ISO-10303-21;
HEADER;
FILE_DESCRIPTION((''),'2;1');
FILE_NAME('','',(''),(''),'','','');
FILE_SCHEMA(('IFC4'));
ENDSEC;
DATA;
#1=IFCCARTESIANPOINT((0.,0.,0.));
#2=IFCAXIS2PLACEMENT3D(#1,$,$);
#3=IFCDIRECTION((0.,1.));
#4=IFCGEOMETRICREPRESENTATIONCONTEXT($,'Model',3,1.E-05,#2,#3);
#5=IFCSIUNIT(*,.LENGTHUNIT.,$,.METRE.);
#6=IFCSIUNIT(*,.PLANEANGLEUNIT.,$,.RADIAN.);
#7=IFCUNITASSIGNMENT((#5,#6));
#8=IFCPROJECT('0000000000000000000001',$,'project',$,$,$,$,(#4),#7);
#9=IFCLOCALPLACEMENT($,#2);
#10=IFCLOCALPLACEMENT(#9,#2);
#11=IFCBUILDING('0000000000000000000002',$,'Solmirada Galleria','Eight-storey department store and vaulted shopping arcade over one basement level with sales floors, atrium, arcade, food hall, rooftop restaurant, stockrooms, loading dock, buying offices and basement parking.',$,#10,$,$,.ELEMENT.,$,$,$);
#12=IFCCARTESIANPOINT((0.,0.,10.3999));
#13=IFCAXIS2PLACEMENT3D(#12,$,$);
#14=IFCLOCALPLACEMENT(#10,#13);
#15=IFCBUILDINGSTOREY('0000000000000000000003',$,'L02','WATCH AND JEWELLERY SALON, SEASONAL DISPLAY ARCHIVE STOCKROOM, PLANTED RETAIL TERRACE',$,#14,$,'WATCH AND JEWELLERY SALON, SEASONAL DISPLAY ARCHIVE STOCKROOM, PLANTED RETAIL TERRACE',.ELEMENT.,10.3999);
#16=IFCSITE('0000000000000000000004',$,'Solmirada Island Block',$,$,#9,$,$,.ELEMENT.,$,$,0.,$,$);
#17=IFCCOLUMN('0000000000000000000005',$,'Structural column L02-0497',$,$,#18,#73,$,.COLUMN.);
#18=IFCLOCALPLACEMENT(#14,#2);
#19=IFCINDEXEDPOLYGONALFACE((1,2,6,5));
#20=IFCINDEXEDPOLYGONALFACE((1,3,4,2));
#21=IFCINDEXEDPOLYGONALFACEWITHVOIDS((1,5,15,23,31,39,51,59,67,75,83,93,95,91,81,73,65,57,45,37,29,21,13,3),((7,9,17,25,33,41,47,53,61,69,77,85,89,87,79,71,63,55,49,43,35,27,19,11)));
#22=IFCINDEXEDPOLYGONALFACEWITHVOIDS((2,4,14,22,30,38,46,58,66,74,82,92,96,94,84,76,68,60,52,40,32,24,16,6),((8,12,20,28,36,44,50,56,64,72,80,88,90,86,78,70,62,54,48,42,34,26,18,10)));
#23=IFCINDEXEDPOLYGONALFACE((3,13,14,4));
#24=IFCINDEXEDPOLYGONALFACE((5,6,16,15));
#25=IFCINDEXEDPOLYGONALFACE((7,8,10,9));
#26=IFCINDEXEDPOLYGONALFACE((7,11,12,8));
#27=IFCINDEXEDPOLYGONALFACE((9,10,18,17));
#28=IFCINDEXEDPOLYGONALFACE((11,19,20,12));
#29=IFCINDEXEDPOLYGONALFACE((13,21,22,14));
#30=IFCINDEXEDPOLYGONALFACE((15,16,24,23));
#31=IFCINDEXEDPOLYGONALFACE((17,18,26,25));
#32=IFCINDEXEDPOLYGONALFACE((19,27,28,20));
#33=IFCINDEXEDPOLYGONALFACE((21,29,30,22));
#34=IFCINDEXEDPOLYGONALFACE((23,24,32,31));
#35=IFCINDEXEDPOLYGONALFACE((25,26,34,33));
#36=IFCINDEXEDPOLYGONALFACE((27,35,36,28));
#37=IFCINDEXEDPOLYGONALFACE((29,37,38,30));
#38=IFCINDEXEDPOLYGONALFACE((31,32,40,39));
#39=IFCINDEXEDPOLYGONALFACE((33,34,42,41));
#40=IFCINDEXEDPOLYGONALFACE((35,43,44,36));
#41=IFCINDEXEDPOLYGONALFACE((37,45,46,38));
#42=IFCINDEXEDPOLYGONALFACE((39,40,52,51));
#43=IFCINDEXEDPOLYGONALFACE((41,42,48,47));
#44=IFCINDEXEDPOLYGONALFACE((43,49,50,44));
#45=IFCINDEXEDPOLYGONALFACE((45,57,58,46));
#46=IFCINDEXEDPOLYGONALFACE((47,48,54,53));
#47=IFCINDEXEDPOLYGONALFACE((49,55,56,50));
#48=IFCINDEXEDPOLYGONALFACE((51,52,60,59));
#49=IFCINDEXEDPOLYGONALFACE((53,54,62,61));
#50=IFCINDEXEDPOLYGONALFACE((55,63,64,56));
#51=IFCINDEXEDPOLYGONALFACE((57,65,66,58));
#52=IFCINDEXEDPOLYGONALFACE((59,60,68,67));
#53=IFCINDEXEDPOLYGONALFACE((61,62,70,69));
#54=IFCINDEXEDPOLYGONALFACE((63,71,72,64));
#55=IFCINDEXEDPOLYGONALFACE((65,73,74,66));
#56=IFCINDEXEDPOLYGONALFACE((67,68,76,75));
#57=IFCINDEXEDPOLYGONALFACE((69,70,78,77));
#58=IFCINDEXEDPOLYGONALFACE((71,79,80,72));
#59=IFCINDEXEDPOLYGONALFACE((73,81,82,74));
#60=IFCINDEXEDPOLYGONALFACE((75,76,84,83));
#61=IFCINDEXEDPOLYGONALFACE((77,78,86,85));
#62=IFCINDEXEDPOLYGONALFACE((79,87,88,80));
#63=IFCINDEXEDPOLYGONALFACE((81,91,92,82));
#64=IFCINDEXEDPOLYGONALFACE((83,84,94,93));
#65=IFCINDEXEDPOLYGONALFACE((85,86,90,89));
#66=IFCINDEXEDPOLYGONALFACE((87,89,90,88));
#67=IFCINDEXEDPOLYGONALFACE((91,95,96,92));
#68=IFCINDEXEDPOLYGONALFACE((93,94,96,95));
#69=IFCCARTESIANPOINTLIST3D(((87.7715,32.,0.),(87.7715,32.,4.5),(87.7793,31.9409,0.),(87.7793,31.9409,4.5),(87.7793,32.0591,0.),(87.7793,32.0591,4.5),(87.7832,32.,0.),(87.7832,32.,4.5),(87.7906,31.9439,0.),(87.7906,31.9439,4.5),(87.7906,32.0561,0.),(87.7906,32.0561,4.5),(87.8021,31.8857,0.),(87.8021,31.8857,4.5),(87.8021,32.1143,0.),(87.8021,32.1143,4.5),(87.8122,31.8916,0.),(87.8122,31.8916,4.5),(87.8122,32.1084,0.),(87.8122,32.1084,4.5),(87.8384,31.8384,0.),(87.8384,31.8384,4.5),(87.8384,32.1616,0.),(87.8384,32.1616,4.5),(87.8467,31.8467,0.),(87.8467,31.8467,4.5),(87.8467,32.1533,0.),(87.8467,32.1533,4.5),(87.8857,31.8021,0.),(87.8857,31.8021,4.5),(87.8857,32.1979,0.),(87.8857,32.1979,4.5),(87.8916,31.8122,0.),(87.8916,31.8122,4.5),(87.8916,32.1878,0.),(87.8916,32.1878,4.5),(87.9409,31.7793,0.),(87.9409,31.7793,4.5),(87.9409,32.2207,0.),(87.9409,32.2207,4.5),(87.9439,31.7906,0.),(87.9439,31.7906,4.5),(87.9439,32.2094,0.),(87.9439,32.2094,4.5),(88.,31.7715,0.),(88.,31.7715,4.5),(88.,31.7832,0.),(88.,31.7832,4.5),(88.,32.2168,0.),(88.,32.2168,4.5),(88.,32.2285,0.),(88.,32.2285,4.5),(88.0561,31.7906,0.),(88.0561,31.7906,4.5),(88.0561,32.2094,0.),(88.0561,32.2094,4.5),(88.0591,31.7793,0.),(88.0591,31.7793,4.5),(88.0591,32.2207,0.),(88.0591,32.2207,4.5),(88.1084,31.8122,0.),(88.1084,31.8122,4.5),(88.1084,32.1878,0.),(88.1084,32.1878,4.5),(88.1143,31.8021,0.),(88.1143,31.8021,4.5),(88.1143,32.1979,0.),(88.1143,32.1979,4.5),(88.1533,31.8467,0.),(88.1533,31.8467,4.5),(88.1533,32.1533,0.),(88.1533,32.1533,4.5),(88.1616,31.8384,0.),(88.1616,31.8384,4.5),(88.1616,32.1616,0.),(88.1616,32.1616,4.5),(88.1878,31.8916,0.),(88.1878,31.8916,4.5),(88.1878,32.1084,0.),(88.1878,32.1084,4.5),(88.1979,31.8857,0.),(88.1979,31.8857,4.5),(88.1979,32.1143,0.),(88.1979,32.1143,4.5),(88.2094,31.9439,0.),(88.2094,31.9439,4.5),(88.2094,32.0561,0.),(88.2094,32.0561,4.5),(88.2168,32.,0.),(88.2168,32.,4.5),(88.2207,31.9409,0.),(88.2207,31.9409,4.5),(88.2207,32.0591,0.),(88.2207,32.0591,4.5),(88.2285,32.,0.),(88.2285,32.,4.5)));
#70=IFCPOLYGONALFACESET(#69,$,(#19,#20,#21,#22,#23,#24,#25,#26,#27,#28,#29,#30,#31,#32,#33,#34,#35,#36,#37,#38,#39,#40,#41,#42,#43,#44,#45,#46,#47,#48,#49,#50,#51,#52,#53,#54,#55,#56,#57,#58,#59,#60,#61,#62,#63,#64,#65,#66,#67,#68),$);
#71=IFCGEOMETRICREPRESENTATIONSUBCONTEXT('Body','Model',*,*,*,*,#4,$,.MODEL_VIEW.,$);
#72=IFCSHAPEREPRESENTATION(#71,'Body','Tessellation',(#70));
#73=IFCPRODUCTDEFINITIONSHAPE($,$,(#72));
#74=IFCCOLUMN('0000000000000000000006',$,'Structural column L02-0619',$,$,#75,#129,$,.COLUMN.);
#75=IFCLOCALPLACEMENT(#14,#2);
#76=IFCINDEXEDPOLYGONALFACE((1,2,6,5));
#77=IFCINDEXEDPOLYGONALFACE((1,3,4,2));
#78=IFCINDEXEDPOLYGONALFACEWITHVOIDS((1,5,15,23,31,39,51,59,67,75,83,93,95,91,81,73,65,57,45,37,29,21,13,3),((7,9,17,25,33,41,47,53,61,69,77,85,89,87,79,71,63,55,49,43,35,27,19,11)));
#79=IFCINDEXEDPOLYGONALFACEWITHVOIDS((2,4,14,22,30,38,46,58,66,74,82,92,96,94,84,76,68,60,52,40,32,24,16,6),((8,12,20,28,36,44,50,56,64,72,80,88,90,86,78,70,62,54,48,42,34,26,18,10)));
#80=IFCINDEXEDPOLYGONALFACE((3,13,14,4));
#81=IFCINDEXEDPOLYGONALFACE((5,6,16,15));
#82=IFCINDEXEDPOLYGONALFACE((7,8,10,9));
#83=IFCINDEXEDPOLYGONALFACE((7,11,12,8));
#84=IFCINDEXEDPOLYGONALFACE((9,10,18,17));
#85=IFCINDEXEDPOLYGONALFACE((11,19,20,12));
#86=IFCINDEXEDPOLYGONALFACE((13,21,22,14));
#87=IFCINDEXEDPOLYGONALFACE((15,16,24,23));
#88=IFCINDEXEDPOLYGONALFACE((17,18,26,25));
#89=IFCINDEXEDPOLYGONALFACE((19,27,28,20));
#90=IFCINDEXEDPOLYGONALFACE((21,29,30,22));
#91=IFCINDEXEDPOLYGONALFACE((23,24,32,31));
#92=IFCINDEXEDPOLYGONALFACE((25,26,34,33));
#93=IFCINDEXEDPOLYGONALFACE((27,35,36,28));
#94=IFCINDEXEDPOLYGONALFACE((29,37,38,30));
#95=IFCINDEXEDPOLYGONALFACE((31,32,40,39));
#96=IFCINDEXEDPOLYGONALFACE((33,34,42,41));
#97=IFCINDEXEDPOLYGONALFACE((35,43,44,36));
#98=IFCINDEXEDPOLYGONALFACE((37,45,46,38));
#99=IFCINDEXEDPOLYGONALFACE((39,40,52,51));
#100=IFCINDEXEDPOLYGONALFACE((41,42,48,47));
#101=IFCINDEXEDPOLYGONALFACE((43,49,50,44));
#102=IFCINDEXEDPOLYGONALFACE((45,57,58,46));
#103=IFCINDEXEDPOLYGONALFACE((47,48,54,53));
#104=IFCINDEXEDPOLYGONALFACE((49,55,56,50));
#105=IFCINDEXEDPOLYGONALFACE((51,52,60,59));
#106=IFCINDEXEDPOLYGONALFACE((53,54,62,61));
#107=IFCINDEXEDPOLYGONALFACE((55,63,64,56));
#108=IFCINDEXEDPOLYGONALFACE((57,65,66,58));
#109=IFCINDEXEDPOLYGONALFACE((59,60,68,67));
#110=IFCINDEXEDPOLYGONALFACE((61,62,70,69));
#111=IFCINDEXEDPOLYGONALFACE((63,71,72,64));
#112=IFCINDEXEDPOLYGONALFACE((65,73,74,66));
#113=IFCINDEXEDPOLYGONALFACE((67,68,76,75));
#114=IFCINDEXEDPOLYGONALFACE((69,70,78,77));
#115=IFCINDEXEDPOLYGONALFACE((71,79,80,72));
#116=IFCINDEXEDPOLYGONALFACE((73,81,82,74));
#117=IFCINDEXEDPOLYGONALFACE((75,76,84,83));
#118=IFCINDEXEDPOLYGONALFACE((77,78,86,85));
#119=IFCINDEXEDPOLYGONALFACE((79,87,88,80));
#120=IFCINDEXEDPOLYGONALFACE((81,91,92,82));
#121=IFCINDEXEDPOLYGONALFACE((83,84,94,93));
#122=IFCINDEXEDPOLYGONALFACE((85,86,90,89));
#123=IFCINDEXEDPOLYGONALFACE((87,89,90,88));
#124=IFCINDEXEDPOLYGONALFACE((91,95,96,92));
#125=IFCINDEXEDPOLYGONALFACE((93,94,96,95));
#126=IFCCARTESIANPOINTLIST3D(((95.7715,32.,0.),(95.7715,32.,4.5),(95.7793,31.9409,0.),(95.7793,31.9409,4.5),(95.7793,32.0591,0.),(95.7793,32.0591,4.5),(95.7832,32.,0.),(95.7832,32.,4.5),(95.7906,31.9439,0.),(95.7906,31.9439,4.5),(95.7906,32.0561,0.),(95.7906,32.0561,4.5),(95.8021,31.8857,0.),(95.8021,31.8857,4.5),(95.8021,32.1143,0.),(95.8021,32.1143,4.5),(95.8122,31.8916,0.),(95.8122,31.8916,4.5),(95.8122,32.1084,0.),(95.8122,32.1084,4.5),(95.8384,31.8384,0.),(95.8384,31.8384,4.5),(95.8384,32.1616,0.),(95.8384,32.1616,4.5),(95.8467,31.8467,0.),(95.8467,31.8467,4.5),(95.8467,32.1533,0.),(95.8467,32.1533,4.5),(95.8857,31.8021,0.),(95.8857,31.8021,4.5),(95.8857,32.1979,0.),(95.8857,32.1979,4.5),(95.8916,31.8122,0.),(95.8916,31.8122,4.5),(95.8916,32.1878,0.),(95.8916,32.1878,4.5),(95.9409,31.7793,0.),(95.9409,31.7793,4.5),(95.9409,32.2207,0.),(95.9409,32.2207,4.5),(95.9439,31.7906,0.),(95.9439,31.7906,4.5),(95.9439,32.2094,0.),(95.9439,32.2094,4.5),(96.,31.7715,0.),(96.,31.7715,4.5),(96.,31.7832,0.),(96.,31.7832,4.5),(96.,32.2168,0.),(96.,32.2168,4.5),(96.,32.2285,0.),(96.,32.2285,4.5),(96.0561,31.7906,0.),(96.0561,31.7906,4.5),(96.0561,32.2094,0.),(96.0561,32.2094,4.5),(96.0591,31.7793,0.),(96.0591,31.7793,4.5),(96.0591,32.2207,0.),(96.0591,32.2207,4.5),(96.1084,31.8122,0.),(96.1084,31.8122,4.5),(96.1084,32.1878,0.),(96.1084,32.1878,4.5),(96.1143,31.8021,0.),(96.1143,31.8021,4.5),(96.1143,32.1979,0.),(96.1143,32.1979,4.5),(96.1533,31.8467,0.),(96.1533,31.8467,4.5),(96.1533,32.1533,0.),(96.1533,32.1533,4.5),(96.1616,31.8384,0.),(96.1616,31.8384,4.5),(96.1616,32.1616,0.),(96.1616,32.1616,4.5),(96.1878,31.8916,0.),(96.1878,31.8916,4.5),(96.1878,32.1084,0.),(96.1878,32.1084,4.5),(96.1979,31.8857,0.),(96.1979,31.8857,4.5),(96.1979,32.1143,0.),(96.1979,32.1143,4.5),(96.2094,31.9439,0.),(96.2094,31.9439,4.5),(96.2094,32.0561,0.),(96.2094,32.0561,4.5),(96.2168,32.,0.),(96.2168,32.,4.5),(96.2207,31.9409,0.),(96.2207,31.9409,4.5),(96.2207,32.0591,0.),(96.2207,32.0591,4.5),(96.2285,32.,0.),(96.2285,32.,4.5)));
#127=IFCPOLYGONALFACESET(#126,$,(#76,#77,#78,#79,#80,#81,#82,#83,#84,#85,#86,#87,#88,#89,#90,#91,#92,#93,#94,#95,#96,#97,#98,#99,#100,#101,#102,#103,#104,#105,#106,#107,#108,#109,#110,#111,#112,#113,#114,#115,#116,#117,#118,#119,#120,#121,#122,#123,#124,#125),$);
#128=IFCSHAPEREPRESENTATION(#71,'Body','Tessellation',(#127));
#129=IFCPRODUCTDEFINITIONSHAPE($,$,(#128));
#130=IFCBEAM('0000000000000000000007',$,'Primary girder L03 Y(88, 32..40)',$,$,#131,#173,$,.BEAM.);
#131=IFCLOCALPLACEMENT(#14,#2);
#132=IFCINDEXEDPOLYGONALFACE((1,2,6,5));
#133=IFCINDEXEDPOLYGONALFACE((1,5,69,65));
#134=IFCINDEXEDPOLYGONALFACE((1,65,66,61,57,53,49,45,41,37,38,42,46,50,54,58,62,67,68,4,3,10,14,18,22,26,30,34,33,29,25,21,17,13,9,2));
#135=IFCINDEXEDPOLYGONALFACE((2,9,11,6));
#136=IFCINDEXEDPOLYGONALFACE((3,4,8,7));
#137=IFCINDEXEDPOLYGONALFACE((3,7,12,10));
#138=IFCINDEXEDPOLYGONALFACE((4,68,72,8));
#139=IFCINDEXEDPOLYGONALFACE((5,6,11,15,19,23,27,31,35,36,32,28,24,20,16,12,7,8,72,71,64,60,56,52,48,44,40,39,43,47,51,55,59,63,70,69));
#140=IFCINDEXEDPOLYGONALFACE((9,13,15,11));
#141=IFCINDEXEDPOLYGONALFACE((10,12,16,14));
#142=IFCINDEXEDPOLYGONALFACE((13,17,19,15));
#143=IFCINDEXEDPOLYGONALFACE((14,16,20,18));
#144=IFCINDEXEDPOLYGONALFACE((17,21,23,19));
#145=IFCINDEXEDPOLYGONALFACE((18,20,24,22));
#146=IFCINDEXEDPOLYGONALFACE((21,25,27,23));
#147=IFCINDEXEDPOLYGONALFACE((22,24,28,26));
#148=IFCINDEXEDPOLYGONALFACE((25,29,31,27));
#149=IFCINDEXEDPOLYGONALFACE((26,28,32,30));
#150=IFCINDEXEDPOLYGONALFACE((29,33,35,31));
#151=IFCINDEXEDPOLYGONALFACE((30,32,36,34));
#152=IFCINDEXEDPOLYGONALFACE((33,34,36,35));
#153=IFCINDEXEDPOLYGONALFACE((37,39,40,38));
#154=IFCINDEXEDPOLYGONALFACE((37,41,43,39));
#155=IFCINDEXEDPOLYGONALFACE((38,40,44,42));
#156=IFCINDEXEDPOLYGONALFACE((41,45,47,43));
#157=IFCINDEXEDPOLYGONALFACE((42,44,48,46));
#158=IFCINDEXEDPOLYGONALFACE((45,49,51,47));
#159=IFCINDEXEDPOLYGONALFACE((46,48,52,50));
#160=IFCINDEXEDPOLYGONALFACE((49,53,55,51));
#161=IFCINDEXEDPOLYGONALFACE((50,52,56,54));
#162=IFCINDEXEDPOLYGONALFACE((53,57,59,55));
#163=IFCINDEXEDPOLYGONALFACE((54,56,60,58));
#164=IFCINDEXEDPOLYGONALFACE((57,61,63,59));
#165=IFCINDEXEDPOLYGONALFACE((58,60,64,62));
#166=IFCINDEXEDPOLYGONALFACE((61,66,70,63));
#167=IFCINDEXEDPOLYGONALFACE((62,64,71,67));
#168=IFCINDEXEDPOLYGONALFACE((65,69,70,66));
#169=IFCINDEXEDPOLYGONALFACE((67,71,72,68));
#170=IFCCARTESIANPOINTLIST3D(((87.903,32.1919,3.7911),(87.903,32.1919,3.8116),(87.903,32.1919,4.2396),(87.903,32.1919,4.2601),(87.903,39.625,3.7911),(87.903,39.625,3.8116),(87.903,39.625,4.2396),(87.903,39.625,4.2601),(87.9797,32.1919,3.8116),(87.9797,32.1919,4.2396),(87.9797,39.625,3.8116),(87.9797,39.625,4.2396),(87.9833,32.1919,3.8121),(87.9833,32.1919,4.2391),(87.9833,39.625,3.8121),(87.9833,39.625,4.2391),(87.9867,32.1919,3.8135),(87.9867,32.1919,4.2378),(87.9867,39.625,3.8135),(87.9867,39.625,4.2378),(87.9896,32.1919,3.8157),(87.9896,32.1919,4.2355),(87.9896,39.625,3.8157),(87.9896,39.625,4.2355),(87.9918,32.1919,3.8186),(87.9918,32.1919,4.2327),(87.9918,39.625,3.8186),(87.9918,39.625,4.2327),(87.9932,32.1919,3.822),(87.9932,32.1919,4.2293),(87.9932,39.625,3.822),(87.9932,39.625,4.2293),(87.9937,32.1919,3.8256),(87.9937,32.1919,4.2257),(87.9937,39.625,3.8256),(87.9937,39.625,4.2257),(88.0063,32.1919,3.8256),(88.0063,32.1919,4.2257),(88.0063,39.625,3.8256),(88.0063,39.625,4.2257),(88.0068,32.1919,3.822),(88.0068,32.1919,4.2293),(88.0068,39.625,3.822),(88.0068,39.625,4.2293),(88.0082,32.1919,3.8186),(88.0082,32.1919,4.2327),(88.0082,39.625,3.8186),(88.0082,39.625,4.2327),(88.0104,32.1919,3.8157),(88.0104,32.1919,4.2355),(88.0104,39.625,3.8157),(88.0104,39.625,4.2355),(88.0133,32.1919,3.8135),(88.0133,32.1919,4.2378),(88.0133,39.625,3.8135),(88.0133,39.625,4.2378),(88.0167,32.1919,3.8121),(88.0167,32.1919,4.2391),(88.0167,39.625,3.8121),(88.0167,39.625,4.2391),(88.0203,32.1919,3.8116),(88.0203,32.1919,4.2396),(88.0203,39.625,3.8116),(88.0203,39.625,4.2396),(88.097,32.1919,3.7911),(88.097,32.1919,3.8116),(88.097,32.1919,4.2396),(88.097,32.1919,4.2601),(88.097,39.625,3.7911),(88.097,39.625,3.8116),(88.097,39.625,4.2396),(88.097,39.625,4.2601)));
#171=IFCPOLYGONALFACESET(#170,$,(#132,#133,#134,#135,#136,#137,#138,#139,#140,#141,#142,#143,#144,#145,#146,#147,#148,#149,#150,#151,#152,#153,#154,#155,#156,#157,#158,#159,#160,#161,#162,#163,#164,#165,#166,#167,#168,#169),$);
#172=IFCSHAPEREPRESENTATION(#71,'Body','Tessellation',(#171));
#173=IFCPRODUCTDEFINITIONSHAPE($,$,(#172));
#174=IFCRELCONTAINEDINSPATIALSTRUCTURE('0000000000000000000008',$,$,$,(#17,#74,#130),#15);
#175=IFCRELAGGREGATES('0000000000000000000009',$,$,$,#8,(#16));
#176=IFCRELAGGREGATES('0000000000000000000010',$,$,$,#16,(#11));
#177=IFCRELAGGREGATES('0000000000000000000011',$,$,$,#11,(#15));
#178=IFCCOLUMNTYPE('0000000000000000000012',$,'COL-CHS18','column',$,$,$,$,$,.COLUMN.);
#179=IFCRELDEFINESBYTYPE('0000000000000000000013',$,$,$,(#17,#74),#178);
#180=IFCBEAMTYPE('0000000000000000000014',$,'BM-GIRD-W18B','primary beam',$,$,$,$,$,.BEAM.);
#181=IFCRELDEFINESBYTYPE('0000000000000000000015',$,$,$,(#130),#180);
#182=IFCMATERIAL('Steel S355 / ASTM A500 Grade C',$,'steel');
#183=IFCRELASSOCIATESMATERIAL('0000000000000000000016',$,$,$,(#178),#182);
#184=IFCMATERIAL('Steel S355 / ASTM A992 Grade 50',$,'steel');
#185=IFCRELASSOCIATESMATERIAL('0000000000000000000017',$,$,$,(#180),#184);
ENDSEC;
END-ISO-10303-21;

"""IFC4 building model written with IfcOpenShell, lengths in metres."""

from ifc_helpers import new_model, si_unit, direction, frame, origin, origin_2d, place, context, subcontext, project, spatial, hollow_circle, i_section, extrude, material, material_profile, profile_set, type_object, element, save


model = new_model("IFC4")

# Units and contexts
model_context = context("Model", 3, precision=1e-05, world=origin(), true_north=direction((0.0, 1.0)))
body_context = subcontext(model_context, "Body", "Model", "MODEL_VIEW")
ifc_project = project(units=[si_unit("LENGTHUNIT", "METRE"), si_unit("PLANEANGLEUNIT", "RADIAN")], contexts=[model_context])

# Site, building, storey
site_placement = place(None, origin())
site = spatial("IfcSite", under=ifc_project, at=site_placement, Name="Solmirada Island Block", CompositionType="ELEMENT", RefElevation=0.0)
building_placement = place(site_placement, origin())
building = spatial("IfcBuilding", under=site, at=building_placement, Name="Solmirada Galleria", Description="Eight-storey department store and vaulted shopping arcade over one basement level with sales floors, atrium, arcade, food hall, rooftop restaurant, stockrooms, loading dock, buying offices and basement parking.", CompositionType="ELEMENT")
storey_placement = place(building_placement, frame((0.0, 0.0, 10.3999)))
storey = spatial("IfcBuildingStorey", under=building, at=storey_placement, Name="L02", Description="WATCH AND JEWELLERY SALON, SEASONAL DISPLAY ARCHIVE STOCKROOM, PLANTED RETAIL TERRACE", LongName="WATCH AND JEWELLERY SALON, SEASONAL DISPLAY ARCHIVE STOCKROOM, PLANTED RETAIL TERRACE", CompositionType="ELEMENT", Elevation=10.3999)

# Columns
ifc_material_1 = material(Name="Steel S355 / ASTM A500 Grade C", Category="steel")
ifc_material_profile_1 = material_profile(ifc_material_1, hollow_circle(Radius=0.2285, WallThickness=0.0117, at=origin_2d()), Name="HSS18.000X0.500")
ifc_profile_set_1 = profile_set([ifc_material_profile_1], Name="Steel S355 / ASTM A500 Grade C")
column_type = type_object("IfcColumnType", Name="COL-CHS18", Description="column", PredefinedType="COLUMN", material=ifc_profile_set_1)
for number, where, z_axis, x_axis, name in (
    (1, (88.0, 32.0, 0.0), (0.0, 0.0, 1.0), (1.0, 0.0, 0.0), "Structural column L02-0497"),
    (2, (96.0, 32.0, 0.0), (0.0, 0.0, 1.0), (1.0, 0.0, 0.0), "Structural column L02-0619"),
):
    element("IfcColumn", number, at=place(storey_placement, frame(where, z_axis=z_axis, x_axis=x_axis)), inside=storey, type_object=column_type, Name=name, PredefinedType="COLUMN", context=body_context, shape_type="SweptSolid", body=[
        extrude(hollow_circle(Radius=0.2285, WallThickness=0.0117, at=origin_2d()), origin(), (0.0, 0.0, 1.0), 4.5),
    ])

# Beam
ifc_material_2 = material(Name="Steel S355 / ASTM A992 Grade 50", Category="steel")
ifc_material_profile_2 = material_profile(ifc_material_2, i_section(OverallWidth=0.1941, OverallDepth=0.469, WebThickness=0.0127, FlangeThickness=0.0205, FilletRadius=0.0139, at=origin_2d()), Name="W18X71")
ifc_profile_set_2 = profile_set([ifc_material_profile_2], Name="Steel S355 / ASTM A992 Grade 50")
beam_type_1 = type_object("IfcBeamType", Name="BM-GIRD-W18B", Description="primary beam", PredefinedType="BEAM", material=ifc_profile_set_2)
beam_1_placement = place(storey_placement, frame((88.0, 32.1919, 4.0256), z_axis=(0.0, 1.0, 0.0), x_axis=(-1.0, 0.0, 0.0)))
element("IfcBeam", 3, at=beam_1_placement, inside=storey, type_object=beam_type_1, Name="Primary girder L03 Y(88, 32..40)", PredefinedType="BEAM", context=body_context, shape_type="SweptSolid", body=[
    extrude(i_section(OverallWidth=0.1941, OverallDepth=0.469, WebThickness=0.0127, FlangeThickness=0.0205, FilletRadius=0.0139, at=origin_2d()), origin(), (0.0, 0.0, 1.0), 7.4331),
])

save(model, "model.ifc")
